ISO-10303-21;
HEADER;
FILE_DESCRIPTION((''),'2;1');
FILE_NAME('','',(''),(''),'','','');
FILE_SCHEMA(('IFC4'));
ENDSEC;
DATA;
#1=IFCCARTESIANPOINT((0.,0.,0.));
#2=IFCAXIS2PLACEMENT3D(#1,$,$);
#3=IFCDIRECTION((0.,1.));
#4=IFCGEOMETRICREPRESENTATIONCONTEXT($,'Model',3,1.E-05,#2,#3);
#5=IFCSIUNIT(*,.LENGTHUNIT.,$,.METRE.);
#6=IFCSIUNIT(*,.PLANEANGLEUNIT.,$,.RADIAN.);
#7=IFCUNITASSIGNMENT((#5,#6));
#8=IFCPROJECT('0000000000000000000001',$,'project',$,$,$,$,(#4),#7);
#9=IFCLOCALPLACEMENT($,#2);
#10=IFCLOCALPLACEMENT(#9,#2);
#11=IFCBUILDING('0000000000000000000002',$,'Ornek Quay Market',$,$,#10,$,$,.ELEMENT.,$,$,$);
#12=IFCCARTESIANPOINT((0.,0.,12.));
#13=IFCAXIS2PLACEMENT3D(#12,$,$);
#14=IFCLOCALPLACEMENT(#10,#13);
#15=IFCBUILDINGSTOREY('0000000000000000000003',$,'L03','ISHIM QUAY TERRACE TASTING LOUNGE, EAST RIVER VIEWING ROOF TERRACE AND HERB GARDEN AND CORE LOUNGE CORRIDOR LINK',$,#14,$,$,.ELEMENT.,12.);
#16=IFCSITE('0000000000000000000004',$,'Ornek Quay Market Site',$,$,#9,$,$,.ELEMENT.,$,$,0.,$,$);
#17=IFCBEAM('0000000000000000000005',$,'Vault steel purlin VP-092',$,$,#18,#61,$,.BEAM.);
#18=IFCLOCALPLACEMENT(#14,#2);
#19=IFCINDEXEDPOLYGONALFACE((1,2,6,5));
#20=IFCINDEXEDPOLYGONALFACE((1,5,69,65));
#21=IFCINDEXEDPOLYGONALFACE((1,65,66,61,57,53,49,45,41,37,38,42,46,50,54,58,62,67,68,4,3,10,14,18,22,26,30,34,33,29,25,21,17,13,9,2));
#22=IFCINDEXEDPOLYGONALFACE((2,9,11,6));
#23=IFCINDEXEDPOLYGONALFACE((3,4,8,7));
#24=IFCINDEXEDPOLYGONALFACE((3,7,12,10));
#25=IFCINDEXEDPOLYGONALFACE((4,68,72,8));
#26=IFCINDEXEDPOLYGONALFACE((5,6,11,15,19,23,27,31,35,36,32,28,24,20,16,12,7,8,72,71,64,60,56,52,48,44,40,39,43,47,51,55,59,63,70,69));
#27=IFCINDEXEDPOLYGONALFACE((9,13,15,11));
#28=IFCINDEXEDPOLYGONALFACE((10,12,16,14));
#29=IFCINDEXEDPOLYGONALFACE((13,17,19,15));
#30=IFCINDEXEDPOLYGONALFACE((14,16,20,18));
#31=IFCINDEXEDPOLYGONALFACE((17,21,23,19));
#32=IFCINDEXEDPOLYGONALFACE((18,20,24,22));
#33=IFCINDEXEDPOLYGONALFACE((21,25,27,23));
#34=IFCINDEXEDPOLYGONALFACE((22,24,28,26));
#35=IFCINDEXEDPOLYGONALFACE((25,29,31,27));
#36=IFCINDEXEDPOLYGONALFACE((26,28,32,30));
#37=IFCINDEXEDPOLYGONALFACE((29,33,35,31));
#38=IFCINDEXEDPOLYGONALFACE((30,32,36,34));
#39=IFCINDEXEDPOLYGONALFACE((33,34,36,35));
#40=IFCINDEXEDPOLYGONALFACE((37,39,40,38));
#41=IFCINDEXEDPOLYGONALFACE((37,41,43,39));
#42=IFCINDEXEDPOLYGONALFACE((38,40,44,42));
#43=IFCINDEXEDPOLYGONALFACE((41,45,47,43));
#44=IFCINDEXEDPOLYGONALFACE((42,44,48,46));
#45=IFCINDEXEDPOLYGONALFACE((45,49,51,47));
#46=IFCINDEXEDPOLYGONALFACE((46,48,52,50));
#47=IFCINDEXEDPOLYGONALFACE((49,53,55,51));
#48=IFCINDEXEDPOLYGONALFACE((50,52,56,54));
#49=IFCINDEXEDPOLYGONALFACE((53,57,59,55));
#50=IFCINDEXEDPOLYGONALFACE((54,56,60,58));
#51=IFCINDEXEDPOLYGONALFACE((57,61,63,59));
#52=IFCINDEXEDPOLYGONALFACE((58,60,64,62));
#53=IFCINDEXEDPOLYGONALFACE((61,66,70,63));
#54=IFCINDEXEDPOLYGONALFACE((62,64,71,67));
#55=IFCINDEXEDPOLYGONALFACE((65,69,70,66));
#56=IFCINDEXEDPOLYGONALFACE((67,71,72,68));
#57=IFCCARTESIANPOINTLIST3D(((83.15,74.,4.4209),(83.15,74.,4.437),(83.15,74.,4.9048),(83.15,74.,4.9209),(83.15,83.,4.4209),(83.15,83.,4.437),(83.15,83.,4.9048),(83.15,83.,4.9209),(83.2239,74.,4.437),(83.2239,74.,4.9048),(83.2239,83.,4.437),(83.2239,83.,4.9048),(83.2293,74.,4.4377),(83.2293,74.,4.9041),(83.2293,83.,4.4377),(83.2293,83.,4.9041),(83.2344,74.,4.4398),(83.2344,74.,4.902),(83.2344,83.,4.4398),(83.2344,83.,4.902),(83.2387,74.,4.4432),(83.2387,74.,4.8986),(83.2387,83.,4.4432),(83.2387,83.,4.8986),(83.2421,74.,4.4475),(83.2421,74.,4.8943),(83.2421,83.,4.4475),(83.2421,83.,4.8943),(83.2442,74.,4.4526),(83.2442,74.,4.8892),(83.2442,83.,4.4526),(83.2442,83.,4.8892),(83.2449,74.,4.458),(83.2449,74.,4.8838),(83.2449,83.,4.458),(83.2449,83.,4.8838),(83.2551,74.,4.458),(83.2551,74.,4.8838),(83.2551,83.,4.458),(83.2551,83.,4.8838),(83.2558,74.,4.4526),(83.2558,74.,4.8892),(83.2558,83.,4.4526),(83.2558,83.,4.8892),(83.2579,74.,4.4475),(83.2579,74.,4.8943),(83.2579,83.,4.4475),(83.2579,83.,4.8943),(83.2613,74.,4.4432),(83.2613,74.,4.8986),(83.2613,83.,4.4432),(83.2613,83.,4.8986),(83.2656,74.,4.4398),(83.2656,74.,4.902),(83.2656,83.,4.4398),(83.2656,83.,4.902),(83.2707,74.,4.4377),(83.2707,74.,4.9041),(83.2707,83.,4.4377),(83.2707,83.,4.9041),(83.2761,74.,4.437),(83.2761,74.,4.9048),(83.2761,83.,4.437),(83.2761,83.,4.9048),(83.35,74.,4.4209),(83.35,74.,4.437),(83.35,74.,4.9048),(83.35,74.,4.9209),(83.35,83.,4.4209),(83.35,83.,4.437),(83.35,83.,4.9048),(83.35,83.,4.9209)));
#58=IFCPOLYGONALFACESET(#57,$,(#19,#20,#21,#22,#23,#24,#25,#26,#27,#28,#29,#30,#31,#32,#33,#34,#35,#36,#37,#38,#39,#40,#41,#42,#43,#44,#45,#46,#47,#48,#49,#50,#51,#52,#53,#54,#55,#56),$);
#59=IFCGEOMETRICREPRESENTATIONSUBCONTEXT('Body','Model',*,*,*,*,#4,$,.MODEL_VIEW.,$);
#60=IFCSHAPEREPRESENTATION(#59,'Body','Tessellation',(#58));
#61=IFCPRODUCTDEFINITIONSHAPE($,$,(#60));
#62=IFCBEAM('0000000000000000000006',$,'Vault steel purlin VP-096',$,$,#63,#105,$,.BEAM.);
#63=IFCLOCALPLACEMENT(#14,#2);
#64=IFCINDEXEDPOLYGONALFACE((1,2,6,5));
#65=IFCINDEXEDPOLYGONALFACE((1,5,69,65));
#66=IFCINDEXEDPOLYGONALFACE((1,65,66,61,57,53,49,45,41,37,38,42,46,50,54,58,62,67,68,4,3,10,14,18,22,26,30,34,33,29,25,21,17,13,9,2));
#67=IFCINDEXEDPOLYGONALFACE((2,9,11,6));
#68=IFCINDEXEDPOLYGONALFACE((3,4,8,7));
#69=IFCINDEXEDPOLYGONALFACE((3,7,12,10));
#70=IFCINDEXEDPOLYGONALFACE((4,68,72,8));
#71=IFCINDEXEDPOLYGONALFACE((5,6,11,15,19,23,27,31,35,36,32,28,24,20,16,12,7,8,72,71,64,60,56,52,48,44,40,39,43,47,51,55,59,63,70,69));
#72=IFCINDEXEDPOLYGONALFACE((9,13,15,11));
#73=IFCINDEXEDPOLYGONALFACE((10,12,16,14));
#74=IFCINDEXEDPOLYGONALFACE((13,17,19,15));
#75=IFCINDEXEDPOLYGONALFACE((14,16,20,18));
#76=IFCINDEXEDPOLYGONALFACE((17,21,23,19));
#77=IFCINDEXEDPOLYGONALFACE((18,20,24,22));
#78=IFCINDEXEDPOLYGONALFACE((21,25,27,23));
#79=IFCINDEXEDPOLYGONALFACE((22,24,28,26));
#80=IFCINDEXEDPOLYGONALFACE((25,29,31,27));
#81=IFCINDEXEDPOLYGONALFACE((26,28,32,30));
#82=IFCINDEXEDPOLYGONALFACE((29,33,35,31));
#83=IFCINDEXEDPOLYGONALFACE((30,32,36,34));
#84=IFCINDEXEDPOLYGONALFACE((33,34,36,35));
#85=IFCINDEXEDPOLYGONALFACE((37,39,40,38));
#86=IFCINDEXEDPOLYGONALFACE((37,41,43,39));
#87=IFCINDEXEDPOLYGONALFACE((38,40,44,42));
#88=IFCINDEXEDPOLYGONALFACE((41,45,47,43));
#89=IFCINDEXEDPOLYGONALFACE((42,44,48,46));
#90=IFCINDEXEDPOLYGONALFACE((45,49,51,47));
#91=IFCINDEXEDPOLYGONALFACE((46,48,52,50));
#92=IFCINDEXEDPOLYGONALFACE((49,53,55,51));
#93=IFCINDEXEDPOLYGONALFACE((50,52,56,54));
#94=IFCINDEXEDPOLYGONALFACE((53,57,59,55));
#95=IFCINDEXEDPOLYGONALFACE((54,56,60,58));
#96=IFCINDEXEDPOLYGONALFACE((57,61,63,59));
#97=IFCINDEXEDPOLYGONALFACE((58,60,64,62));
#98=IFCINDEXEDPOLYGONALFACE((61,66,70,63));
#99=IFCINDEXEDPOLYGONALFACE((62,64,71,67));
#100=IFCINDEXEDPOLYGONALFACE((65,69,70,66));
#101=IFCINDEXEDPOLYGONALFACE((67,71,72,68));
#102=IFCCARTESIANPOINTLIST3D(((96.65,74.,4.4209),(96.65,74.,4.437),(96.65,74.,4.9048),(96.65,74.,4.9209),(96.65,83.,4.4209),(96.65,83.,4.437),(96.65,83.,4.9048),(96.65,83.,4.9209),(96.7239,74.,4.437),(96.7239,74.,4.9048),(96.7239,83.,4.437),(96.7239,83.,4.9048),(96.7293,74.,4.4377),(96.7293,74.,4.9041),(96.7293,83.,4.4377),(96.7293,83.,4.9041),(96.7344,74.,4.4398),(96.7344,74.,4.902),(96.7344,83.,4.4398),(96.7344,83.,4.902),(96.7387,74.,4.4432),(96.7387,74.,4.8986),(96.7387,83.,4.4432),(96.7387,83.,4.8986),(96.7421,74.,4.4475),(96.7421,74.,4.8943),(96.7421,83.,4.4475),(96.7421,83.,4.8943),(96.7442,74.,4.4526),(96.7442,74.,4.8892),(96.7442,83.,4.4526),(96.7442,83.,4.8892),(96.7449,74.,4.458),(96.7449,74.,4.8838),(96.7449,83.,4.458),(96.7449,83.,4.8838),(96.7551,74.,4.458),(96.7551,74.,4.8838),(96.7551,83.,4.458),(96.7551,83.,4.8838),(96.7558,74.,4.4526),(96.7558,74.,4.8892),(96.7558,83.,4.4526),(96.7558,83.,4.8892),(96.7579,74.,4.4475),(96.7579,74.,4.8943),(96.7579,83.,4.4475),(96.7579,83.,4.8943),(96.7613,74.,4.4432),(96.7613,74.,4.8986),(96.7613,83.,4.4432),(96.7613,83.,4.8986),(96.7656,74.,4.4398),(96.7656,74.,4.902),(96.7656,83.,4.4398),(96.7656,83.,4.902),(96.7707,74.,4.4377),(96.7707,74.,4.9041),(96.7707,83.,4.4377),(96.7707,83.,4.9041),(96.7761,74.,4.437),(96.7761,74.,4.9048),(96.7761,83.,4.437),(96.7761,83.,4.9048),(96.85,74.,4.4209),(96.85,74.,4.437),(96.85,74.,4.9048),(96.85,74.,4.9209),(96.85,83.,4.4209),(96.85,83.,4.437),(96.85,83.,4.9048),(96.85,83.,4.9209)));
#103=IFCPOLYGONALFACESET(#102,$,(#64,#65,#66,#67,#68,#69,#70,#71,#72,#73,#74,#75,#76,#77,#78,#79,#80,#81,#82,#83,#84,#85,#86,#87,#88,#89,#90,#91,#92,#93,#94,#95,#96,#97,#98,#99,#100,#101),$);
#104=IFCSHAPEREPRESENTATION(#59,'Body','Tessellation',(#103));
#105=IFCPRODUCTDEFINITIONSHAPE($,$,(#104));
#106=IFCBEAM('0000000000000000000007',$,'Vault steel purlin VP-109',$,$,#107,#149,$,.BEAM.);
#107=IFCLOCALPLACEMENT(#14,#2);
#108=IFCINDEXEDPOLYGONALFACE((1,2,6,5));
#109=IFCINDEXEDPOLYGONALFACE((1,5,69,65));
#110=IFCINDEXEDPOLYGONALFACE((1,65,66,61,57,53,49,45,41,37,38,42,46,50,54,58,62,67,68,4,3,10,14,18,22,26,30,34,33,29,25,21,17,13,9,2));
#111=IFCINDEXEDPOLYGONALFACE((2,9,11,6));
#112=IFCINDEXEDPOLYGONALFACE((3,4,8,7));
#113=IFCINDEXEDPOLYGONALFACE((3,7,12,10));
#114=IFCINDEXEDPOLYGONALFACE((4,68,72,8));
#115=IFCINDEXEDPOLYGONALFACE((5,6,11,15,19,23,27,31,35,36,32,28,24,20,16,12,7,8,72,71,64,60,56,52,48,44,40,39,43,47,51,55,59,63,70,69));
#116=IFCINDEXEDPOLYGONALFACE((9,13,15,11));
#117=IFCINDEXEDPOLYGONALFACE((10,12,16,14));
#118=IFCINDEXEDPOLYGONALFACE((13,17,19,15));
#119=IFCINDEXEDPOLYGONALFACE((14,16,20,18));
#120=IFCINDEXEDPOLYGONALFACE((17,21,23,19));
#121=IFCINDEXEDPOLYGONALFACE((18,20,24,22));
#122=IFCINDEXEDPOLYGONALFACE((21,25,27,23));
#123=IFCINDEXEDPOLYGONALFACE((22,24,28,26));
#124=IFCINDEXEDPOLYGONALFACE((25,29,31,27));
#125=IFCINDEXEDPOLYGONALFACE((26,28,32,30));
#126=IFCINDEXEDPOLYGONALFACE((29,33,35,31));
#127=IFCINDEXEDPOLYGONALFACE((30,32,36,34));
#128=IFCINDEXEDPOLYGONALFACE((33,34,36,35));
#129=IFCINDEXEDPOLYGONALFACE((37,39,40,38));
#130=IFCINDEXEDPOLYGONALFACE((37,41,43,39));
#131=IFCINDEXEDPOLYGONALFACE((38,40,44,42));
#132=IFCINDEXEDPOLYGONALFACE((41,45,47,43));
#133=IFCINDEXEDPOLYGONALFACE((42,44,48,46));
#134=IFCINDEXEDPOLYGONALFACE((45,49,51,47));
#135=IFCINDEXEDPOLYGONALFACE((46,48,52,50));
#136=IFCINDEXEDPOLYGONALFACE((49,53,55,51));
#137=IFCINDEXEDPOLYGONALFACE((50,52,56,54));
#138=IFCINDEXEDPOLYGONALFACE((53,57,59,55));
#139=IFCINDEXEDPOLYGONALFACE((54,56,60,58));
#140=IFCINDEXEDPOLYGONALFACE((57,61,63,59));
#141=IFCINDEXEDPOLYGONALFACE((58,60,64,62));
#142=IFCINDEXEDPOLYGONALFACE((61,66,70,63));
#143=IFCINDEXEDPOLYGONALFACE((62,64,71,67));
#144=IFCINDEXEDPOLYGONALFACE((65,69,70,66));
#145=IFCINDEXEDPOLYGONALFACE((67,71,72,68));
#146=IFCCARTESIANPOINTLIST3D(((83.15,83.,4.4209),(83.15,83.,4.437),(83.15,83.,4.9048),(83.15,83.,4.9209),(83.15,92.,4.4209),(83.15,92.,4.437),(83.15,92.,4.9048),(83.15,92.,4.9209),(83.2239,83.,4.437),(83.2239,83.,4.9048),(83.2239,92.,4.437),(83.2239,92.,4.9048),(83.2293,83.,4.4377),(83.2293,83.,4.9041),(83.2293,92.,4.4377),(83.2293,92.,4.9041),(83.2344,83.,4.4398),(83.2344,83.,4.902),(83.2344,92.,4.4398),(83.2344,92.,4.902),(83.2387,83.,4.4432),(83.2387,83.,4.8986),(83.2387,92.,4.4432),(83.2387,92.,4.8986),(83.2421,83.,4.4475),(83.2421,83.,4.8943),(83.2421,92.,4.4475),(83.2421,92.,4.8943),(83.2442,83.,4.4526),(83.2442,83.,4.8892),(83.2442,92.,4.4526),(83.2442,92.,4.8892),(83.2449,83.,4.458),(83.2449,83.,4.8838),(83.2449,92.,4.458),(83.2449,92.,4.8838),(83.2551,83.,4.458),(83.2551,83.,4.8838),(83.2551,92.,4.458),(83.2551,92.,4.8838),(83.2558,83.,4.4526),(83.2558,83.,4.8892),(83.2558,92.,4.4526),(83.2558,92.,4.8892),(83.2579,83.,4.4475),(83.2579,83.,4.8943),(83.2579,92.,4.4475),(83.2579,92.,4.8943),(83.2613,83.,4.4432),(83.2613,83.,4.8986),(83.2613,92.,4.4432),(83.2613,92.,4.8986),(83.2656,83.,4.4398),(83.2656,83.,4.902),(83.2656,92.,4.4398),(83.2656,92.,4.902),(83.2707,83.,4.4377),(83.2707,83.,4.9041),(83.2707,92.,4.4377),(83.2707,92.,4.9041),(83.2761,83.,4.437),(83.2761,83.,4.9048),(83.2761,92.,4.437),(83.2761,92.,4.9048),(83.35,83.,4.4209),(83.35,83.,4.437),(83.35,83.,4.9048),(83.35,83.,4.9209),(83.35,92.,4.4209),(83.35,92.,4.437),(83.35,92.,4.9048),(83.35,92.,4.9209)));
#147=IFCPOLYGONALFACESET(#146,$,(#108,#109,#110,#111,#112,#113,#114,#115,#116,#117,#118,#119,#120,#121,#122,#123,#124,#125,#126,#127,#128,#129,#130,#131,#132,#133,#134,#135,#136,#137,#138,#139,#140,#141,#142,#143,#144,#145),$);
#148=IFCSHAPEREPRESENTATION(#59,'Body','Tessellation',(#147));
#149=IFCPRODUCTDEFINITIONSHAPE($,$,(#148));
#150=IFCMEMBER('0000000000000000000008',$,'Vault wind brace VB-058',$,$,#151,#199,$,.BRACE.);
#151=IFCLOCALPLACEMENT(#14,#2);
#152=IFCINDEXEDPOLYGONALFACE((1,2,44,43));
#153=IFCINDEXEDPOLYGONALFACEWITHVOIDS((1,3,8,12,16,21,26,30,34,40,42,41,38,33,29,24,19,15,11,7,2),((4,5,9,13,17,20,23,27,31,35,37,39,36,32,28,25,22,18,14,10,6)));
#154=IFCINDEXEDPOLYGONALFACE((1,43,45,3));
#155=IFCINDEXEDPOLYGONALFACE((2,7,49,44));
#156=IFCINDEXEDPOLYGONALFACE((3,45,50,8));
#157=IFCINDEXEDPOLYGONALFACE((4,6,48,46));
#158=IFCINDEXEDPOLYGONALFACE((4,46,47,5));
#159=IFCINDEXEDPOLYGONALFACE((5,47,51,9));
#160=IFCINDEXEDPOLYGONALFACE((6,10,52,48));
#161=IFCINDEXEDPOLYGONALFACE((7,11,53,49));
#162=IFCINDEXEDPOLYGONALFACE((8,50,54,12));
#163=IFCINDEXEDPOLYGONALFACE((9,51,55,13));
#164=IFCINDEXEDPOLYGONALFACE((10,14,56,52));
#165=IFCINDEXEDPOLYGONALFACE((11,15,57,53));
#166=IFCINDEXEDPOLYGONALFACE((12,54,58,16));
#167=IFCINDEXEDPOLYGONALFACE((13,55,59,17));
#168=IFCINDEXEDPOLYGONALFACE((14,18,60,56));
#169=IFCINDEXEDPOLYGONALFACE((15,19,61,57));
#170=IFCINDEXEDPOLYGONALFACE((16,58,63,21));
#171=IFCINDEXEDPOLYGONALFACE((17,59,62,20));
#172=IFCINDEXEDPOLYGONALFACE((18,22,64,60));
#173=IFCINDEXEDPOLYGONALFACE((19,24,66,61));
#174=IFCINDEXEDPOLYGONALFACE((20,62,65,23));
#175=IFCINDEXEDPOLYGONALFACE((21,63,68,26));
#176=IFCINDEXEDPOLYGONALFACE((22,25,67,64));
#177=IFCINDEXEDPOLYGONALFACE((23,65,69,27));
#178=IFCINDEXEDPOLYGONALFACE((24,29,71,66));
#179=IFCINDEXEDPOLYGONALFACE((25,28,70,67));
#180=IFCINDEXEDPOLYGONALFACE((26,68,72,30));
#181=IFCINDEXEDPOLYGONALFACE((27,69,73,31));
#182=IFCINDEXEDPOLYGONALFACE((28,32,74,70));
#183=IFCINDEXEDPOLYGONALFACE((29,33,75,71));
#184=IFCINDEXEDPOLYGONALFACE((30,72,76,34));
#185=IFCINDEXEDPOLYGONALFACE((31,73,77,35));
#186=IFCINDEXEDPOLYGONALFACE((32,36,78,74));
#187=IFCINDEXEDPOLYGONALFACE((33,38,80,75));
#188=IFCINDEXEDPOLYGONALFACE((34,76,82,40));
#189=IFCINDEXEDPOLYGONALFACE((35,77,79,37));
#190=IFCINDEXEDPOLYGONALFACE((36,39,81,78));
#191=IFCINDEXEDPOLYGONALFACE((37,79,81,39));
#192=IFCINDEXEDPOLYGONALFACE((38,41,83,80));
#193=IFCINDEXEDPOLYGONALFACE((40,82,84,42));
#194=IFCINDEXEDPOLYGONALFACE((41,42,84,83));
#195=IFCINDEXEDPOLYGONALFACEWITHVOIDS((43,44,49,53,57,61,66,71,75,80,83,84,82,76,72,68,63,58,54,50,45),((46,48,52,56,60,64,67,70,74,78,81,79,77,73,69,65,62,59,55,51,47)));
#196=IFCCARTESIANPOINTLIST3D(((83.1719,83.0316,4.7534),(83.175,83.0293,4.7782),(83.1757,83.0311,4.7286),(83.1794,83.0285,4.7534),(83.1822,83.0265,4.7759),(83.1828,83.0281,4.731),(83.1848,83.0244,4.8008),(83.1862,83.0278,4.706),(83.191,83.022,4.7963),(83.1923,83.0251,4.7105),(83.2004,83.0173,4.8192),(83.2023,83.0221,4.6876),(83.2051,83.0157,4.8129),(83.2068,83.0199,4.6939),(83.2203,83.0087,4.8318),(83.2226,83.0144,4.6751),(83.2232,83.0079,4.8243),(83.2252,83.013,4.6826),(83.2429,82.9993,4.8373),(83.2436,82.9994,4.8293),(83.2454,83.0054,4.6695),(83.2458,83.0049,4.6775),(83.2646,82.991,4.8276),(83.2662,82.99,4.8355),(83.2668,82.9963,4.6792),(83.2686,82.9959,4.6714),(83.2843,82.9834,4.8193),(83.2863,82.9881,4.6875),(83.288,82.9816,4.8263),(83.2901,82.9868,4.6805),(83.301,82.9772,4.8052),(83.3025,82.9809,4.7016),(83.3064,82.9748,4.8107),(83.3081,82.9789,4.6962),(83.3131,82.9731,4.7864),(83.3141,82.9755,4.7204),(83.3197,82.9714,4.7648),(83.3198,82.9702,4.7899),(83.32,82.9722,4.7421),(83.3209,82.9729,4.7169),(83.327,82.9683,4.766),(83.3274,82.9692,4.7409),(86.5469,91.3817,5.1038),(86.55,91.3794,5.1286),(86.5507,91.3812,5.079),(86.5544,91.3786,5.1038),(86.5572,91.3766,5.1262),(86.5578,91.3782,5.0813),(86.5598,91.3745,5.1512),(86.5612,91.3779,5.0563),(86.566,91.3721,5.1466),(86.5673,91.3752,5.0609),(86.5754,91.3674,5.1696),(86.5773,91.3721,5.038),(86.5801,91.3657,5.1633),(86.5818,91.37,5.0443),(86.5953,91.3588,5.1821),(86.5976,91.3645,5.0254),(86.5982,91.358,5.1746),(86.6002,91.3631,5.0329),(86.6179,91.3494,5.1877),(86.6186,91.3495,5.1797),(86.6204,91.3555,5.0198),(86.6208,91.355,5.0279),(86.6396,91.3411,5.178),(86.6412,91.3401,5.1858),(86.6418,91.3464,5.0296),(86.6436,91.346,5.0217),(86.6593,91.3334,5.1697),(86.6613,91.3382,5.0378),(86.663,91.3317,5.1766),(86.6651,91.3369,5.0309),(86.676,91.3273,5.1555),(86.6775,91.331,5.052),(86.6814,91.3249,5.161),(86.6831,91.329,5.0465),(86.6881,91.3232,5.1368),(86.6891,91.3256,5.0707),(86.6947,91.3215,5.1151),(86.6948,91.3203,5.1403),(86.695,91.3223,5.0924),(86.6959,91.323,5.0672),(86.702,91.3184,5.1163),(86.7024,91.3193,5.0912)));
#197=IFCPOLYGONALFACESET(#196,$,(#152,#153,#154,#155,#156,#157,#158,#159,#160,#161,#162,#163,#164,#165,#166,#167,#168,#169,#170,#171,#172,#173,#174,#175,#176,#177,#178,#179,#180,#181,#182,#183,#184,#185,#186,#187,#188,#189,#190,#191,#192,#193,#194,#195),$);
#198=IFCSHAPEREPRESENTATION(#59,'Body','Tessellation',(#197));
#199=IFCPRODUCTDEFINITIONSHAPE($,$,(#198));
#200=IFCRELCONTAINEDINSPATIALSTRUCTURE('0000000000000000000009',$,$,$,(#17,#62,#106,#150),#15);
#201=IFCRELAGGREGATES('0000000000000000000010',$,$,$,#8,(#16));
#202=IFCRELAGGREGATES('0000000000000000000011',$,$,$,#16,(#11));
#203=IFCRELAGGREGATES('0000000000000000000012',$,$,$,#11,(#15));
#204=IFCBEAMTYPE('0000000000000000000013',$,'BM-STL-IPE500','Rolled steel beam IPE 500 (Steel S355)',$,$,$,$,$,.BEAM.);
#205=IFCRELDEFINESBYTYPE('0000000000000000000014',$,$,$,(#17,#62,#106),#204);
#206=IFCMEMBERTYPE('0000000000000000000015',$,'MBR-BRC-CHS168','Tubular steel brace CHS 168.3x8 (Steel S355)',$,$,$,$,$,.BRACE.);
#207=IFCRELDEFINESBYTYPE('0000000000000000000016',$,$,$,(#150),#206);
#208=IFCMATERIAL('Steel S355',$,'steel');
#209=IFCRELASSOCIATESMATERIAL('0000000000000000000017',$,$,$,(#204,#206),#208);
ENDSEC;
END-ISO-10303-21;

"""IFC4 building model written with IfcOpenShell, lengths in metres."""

from ifc_helpers import new_model, si_unit, direction, frame, origin, origin_2d, place, context, subcontext, project, spatial, hollow_circle, i_section, extrude, material, material_profile, profile_set, type_object, element, save


model = new_model("IFC4")

# Units and contexts
model_context = context("Model", 3, precision=1e-05, world=origin(), true_north=direction((0.0, 1.0)))
body_context = subcontext(model_context, "Body", "Model", "MODEL_VIEW")
ifc_project = project(units=[si_unit("LENGTHUNIT", "METRE"), si_unit("PLANEANGLEUNIT", "RADIAN")], contexts=[model_context])

# Site, building, storey
site_placement = place(None, origin())
site = spatial("IfcSite", under=ifc_project, at=site_placement, Name="Ornek Quay Market Site", CompositionType="ELEMENT", RefElevation=0.0)
building_placement = place(site_placement, origin())
building = spatial("IfcBuilding", under=site, at=building_placement, Name="Ornek Quay Market", CompositionType="ELEMENT")
storey_placement = place(building_placement, frame((0.0, 0.0, 12.0)))
storey = spatial("IfcBuildingStorey", under=building, at=storey_placement, Name="L03", Description="ISHIM QUAY TERRACE TASTING LOUNGE, EAST RIVER VIEWING ROOF TERRACE AND HERB GARDEN AND CORE LOUNGE CORRIDOR LINK", CompositionType="ELEMENT", Elevation=12.0)

# Beams
ifc_material_1 = material(Name="Steel S355", Category="steel")
ifc_material_profile_1 = material_profile(ifc_material_1, i_section(OverallWidth=0.2, OverallDepth=0.5, WebThickness=0.0103, FlangeThickness=0.0161, FilletRadius=0.021, at=origin_2d()), Name="IPE 500", Category="steel")
ifc_profile_set_1 = profile_set([ifc_material_profile_1], Name="Steel S355")
beam_type_1 = type_object("IfcBeamType", Name="BM-STL-IPE500", Description="Rolled steel beam IPE 500 (Steel S355)", PredefinedType="BEAM", material=ifc_profile_set_1)
for number, where, z_axis, x_axis, name in (
    (1, (83.25, 74.0, 4.6709), (0.0, 1.0, 0.0), (-1.0, 0.0, 0.0), "Vault steel purlin VP-092"),
    (2, (96.75, 74.0, 4.6709), (0.0, 1.0, 0.0), (-1.0, 0.0, 0.0), "Vault steel purlin VP-096"),
    (3, (83.25, 83.0, 4.6709), (0.0, 1.0, 0.0), (-1.0, 0.0, 0.0), "Vault steel purlin VP-109"),
):
    element("IfcBeam", number, at=place(storey_placement, frame(where, z_axis=z_axis, x_axis=x_axis)), inside=storey, type_object=beam_type_1, Name=name, PredefinedType="BEAM", context=body_context, shape_type="SweptSolid", body=[
        extrude(i_section(OverallWidth=0.2, OverallDepth=0.5, WebThickness=0.0103, FlangeThickness=0.0161, FilletRadius=0.021, at=origin_2d()), origin(), (0.0, 0.0, 1.0), 9.0),
    ])

# Member
ifc_material_profile_2 = material_profile(ifc_material_1, hollow_circle(Radius=0.0842, WallThickness=0.0081, at=origin_2d()), Name="CHS 168.3x8", Category="steel")
ifc_profile_set_2 = profile_set([ifc_material_profile_2], Name="Steel S355")
member_type = type_object("IfcMemberType", Name="MBR-BRC-CHS168", Description="Tubular steel brace CHS 168.3x8 (Steel S355)", PredefinedType="BRACE", material=ifc_profile_set_2)
member_1_placement = place(storey_placement, frame((83.25, 83.0, 4.7534), z_axis=(0.374451, 0.926431, 0.03887), x_axis=(-0.927132, 0.374735, 0.0)))
element("IfcMember", 4, at=member_1_placement, inside=storey, type_object=member_type, Name="Vault wind brace VB-058", PredefinedType="BRACE", context=body_context, shape_type="SweptSolid", body=[
    extrude(hollow_circle(Radius=0.0842, WallThickness=0.0081, at=origin_2d()), origin(), (0.0, 0.0, 1.0), 9.0132),
])

save(model, "model.ifc")
